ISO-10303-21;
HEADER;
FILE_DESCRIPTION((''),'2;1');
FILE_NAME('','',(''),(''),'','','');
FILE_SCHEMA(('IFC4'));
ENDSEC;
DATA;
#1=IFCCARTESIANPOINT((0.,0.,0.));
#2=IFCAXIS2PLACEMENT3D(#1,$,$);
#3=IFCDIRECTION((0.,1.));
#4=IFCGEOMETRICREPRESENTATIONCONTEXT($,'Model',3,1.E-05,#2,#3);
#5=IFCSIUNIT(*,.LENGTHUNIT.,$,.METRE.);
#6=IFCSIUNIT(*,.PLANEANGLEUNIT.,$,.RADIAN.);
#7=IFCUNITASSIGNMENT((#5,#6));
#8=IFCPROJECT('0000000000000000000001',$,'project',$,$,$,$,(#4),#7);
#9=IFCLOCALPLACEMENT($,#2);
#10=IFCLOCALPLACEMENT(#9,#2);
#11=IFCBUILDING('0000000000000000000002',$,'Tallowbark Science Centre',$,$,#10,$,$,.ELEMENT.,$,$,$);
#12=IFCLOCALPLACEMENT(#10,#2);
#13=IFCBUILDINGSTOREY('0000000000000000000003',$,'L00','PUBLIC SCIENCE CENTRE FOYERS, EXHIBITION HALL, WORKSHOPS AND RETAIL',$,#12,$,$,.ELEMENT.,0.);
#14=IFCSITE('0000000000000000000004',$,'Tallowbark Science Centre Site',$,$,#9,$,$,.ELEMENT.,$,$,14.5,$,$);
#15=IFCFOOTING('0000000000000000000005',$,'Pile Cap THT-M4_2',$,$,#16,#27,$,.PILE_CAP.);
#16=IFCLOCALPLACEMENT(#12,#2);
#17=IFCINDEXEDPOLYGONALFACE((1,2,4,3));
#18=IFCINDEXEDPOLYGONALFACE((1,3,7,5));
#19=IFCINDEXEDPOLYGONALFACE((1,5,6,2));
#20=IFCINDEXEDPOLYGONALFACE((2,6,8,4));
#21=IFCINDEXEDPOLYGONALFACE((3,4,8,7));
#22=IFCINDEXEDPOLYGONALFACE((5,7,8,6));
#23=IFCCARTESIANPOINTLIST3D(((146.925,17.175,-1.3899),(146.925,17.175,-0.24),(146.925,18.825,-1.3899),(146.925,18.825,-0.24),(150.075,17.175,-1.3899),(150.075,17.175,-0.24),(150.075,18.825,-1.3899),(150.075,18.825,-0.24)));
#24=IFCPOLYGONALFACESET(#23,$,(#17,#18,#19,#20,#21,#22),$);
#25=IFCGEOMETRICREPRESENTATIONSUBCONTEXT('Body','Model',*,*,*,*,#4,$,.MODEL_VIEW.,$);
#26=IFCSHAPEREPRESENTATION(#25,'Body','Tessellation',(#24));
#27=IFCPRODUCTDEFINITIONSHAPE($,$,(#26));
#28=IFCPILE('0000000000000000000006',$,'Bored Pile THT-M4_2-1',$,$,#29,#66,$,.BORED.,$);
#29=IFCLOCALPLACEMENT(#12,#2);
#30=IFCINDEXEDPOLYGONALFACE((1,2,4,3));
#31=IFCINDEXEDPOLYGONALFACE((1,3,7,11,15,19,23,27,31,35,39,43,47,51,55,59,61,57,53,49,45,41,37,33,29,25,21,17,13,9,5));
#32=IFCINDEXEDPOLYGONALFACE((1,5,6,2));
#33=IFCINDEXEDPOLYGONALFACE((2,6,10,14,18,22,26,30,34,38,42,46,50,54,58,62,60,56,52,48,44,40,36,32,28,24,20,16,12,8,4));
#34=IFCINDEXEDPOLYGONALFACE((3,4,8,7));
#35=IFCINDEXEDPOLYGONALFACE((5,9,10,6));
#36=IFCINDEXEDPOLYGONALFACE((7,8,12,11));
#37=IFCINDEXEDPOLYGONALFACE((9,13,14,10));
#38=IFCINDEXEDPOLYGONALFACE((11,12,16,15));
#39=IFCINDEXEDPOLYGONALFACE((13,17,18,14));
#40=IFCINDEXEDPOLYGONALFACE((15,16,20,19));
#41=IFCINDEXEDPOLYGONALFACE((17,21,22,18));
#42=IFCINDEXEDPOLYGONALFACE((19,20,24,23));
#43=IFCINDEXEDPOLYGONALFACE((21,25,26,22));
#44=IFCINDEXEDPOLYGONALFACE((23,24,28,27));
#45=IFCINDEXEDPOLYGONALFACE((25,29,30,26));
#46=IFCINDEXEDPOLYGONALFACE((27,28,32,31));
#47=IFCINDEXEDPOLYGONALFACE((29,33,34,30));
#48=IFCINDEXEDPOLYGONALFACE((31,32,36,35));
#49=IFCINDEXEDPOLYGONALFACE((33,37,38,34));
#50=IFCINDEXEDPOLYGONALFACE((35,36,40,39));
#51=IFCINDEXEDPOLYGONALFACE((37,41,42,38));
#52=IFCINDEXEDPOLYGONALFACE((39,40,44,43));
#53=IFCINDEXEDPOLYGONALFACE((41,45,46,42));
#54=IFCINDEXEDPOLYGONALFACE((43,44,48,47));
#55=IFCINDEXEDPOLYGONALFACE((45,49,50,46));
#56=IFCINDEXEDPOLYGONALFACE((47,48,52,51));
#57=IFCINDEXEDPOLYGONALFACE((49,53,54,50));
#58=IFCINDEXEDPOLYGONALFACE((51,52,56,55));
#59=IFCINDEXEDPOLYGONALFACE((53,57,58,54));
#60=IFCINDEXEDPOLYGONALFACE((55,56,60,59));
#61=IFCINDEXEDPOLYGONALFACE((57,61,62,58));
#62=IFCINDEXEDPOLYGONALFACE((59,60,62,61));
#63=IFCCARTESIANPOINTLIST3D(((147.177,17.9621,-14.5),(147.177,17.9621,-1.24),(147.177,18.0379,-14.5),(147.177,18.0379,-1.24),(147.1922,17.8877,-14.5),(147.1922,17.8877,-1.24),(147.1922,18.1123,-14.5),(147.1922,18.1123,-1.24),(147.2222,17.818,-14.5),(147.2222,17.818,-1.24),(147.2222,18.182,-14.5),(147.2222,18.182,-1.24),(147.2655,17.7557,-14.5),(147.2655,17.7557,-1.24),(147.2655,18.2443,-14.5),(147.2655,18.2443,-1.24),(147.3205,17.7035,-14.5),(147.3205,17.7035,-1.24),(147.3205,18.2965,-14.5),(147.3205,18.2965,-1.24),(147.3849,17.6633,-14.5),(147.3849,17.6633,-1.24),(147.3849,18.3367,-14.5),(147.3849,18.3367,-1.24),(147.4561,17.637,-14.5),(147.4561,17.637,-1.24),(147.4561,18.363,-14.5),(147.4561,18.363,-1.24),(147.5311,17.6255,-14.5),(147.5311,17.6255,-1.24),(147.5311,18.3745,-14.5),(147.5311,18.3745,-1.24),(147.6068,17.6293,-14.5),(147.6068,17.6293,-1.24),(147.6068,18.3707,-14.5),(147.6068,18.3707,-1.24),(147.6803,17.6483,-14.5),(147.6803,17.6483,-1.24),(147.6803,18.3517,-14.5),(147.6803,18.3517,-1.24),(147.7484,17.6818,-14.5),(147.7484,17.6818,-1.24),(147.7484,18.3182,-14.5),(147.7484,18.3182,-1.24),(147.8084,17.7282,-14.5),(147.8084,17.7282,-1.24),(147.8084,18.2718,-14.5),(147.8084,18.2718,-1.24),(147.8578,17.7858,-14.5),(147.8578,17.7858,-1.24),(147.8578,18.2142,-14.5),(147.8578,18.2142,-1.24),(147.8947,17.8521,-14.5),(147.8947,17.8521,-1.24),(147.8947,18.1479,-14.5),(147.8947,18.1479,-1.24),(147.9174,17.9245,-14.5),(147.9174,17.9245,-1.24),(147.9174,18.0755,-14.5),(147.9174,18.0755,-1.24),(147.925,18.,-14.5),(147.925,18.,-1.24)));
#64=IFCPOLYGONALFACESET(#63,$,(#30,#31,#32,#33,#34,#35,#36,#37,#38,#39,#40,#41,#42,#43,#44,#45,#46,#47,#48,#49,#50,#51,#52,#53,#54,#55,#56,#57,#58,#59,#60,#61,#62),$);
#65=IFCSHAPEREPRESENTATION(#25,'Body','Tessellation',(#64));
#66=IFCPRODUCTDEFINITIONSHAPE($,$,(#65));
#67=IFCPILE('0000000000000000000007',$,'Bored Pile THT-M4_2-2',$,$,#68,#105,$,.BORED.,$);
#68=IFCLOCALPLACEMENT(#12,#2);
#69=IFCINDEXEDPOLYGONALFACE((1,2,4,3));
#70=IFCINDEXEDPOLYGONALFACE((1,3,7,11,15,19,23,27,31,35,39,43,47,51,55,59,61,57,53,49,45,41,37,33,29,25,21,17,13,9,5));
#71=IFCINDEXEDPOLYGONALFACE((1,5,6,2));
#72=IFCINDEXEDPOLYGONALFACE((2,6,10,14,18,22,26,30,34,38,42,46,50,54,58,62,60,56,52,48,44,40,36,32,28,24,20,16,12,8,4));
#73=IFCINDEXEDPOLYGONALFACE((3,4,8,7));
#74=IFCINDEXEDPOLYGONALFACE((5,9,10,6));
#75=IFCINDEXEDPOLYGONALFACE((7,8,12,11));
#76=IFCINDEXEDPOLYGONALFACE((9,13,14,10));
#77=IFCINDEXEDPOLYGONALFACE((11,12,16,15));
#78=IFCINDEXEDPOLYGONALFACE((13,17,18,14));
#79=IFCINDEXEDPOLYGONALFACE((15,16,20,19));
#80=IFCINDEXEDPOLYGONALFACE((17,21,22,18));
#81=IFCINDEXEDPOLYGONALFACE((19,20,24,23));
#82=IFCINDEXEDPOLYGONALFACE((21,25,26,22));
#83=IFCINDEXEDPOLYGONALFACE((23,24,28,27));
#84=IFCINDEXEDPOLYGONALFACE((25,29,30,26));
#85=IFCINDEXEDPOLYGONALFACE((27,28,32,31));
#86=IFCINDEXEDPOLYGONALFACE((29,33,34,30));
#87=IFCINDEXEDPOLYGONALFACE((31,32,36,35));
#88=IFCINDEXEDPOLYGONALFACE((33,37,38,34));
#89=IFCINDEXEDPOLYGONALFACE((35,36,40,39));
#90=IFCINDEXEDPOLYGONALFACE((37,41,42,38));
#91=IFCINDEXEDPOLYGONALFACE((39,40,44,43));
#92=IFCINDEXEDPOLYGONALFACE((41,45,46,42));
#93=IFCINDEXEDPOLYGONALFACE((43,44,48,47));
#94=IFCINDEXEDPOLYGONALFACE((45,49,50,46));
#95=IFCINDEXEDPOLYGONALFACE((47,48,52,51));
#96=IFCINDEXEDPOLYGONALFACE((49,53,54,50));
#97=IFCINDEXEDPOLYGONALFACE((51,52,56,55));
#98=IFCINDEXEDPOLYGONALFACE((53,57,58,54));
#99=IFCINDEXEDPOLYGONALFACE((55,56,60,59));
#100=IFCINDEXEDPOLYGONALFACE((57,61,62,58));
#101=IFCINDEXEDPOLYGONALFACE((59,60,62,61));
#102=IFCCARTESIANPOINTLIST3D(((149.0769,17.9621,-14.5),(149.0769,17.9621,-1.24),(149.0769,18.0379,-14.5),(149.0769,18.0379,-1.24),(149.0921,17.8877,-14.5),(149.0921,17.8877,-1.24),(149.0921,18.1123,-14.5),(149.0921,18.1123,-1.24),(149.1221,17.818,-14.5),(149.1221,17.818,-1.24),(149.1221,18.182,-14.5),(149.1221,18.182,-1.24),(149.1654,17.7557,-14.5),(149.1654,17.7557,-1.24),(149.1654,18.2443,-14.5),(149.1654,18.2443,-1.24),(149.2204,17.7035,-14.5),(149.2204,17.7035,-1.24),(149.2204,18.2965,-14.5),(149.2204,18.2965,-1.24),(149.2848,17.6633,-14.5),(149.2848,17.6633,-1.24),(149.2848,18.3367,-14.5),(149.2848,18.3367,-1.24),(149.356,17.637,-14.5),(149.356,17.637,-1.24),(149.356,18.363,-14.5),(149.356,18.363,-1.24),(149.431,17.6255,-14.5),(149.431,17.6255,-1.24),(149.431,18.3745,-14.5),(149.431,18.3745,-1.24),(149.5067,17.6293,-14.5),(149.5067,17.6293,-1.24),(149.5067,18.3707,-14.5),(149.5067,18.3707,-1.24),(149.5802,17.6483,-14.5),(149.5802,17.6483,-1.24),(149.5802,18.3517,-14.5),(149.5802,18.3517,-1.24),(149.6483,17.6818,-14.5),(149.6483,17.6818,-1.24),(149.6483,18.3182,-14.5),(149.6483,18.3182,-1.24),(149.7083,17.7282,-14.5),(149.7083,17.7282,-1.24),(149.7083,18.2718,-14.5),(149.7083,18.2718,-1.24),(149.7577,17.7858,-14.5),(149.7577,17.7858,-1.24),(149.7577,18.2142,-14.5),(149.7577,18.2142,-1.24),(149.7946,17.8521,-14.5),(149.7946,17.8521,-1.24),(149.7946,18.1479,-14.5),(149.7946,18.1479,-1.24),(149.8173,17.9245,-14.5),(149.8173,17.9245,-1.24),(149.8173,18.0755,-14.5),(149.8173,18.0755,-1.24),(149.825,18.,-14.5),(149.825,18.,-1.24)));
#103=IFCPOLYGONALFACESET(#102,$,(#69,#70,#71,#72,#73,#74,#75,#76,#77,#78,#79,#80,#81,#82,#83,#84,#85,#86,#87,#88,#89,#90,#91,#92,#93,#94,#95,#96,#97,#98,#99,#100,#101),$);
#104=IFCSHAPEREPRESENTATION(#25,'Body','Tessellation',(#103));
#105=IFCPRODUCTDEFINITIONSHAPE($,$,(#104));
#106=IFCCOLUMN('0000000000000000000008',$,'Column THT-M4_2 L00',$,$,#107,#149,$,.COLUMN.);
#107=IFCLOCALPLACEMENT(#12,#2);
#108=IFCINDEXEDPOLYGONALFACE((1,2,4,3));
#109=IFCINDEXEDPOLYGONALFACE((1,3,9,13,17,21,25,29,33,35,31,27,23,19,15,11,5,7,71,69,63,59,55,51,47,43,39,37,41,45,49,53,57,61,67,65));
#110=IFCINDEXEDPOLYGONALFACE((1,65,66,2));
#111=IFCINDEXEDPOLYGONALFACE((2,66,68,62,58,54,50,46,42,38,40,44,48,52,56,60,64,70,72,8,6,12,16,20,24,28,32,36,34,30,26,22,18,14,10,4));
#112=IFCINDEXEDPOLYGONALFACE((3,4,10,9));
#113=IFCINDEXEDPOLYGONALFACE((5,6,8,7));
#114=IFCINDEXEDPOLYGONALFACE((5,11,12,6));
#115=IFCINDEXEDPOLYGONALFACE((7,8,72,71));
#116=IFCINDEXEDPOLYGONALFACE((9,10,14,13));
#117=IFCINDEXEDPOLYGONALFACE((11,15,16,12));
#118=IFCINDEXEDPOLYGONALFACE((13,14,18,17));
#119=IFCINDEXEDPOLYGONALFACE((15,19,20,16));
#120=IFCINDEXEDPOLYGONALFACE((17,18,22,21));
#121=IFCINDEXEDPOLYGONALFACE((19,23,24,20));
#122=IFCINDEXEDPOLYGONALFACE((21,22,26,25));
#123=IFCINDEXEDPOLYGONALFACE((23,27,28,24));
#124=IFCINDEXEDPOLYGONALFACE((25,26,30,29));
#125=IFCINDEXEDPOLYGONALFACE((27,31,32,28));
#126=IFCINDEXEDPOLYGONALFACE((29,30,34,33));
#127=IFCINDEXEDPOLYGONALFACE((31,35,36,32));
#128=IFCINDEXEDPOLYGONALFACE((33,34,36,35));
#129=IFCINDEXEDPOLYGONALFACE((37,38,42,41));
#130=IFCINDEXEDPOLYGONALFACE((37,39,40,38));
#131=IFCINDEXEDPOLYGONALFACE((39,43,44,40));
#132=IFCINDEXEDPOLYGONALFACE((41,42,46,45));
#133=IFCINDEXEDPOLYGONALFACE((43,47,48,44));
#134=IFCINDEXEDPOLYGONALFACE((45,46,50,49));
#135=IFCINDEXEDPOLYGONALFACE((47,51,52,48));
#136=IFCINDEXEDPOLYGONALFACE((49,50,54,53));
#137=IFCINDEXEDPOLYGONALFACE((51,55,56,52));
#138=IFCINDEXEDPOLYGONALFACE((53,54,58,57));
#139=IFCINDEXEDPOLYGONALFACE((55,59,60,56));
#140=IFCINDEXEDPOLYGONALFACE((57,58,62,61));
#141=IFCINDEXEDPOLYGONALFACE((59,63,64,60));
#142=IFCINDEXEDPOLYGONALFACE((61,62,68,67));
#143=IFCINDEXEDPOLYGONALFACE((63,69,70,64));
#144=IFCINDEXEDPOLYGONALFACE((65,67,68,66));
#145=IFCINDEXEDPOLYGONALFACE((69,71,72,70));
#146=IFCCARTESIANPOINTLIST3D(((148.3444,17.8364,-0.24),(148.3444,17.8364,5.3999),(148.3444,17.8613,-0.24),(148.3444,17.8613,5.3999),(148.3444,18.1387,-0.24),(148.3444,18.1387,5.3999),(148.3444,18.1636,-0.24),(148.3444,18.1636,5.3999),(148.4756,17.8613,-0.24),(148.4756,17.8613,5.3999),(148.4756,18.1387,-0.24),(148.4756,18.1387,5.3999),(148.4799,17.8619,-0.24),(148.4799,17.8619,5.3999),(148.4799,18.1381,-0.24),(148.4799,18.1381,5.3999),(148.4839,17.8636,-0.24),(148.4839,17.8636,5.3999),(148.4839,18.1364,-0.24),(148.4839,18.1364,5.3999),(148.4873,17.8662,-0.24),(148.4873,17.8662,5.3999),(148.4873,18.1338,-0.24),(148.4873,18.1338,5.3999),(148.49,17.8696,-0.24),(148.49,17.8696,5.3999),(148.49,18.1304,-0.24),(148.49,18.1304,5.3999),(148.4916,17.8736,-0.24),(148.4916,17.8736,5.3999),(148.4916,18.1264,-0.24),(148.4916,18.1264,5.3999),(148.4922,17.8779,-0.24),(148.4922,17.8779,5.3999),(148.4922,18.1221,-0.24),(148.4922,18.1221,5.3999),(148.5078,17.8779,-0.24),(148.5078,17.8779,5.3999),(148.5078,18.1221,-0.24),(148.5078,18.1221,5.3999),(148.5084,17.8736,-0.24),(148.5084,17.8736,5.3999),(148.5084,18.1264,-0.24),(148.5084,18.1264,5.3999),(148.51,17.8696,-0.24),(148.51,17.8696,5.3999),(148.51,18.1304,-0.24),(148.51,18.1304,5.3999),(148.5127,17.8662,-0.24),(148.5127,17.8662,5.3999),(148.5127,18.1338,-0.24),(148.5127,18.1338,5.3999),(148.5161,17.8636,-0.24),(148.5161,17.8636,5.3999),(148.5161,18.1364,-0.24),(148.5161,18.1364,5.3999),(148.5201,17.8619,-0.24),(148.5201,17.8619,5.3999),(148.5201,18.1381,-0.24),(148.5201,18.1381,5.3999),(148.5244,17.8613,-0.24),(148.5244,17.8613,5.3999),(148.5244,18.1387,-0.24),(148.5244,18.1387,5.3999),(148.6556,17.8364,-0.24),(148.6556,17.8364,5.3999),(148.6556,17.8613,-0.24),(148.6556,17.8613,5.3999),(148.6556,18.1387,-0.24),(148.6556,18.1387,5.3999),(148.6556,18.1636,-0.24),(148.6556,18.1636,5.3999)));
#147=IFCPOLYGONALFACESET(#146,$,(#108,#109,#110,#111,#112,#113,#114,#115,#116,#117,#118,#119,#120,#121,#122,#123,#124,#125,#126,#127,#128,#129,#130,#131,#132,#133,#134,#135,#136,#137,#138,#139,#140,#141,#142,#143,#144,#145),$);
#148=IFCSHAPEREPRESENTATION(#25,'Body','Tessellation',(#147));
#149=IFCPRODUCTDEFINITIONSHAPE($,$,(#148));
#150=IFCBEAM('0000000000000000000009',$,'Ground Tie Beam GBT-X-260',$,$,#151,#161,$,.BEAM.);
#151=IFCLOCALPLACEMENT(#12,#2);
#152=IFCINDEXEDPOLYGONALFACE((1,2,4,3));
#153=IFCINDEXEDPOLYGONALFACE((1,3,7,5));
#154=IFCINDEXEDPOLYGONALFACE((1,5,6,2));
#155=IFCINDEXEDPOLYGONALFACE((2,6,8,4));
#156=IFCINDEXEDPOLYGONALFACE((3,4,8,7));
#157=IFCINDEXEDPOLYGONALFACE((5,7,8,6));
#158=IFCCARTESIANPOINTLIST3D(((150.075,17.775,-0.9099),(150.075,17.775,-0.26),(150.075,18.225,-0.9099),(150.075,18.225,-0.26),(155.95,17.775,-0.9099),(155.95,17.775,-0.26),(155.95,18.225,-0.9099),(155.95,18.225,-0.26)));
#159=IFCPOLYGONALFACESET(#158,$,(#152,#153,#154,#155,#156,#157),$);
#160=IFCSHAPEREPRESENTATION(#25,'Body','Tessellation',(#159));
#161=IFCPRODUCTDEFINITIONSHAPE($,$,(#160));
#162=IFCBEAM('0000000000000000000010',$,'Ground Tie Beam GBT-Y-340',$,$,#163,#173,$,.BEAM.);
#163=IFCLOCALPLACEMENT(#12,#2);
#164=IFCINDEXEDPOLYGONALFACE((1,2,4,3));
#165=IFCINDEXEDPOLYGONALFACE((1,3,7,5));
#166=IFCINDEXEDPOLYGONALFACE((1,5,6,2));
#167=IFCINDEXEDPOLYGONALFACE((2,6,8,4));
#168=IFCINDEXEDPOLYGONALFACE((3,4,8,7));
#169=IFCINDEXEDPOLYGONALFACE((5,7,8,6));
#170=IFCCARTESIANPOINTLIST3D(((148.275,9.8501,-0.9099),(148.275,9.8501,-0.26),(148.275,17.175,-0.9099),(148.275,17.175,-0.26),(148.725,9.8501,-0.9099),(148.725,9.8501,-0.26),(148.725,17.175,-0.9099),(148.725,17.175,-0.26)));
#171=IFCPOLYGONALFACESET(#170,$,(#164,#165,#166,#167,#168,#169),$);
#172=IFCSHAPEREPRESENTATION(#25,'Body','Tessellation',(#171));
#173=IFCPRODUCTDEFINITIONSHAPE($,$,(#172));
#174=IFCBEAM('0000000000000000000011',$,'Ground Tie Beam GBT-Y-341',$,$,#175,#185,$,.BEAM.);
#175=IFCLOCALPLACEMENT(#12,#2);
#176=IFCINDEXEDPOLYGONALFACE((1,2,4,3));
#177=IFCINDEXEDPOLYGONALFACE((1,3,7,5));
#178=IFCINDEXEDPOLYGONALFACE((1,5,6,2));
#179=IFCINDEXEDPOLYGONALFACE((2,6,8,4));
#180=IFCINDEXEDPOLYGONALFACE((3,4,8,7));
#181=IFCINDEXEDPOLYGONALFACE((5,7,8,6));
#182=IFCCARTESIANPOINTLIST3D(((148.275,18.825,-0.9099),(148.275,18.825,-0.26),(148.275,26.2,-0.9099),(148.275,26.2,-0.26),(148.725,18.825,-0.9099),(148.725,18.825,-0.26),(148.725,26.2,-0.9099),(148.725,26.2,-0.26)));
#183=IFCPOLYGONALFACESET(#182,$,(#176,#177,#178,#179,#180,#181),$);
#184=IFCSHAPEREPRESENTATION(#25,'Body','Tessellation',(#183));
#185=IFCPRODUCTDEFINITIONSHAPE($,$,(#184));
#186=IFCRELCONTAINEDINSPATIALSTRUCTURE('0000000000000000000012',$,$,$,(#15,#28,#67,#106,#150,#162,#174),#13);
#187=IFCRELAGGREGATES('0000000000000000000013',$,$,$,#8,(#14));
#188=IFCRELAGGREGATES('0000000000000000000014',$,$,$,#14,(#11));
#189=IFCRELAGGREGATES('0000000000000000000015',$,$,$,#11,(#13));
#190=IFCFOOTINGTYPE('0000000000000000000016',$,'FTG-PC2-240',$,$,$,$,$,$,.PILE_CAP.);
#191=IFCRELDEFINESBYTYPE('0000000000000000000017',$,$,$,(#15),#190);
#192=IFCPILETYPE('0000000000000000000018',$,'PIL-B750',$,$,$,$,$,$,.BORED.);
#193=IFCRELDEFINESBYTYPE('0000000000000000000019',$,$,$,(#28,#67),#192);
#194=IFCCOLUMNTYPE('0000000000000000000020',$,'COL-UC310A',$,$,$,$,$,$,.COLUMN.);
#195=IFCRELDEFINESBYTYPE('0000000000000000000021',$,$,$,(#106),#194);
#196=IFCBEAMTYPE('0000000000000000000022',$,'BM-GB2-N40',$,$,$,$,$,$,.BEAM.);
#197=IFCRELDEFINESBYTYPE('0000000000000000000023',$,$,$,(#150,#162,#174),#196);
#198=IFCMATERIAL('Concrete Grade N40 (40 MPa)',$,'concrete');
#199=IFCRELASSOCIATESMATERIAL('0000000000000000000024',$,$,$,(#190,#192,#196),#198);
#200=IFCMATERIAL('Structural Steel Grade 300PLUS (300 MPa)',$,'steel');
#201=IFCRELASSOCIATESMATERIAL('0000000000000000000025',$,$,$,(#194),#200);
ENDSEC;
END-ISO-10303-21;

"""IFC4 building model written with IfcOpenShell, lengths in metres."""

from ifc_helpers import new_model, si_unit, direction, frame, origin, origin_2d, place, context, subcontext, project, spatial, rectangle, circle, i_section, extrude, material, material_profile, profile_set, type_object, element, save


model = new_model("IFC4")

# Units and contexts
model_context = context("Model", 3, precision=1e-05, world=origin(), true_north=direction((0.0, 1.0)))
body_context = subcontext(model_context, "Body", "Model", "MODEL_VIEW")
ifc_project = project(units=[si_unit("LENGTHUNIT", "METRE"), si_unit("PLANEANGLEUNIT", "RADIAN")], contexts=[model_context])

# Site, building, storey
site_placement = place(None, origin())
site = spatial("IfcSite", under=ifc_project, at=site_placement, Name="Tallowbark Science Centre Site", CompositionType="ELEMENT", RefElevation=14.5)
building_placement = place(site_placement, origin())
building = spatial("IfcBuilding", under=site, at=building_placement, Name="Tallowbark Science Centre", CompositionType="ELEMENT")
storey_placement = place(building_placement, origin())
storey = spatial("IfcBuildingStorey", under=building, at=storey_placement, Name="L00", Description="PUBLIC SCIENCE CENTRE FOYERS, EXHIBITION HALL, WORKSHOPS AND RETAIL", CompositionType="ELEMENT", Elevation=0.0)

# Footing
ifc_material_1 = material(Name="Concrete Grade N40 (40 MPa)", Category="concrete")
footing_type = type_object("IfcFootingType", Name="FTG-PC2-240", PredefinedType="PILE_CAP", material=ifc_material_1)
footing_placement = place(storey_placement, frame((148.5, 18.0, -1.3899), z_axis=(0.0, 0.0, 1.0), x_axis=(1.0, 0.0, 0.0)))
element("IfcFooting", 1, at=footing_placement, inside=storey, type_object=footing_type, Name="Pile Cap THT-M4_2", PredefinedType="PILE_CAP", context=body_context, shape_type="SweptSolid", body=[
    extrude(rectangle(XDim=3.1499, YDim=1.6499, at=origin_2d()), origin(), (0.0, 0.0, 1.0), 1.1499),
])

# Piles
ifc_material_profile_1 = material_profile(ifc_material_1, circle(Radius=0.375, at=origin_2d()), Name="PILE750")
ifc_profile_set_1 = profile_set([ifc_material_profile_1], Name="Concrete Grade N40 (40 MPa)")
pile_type = type_object("IfcPileType", Name="PIL-B750", PredefinedType="BORED", material=ifc_profile_set_1)
for number, where, z_axis, x_axis, name in (
    (2, (147.55, 18.0, -1.24), (0.0, 0.0, -1.0), (1.0, 0.0, 0.0), "Bored Pile THT-M4_2-1"),
    (3, (149.45, 18.0, -1.24), (0.0, 0.0, -1.0), (1.0, 0.0, 0.0), "Bored Pile THT-M4_2-2"),
):
    element("IfcPile", number, at=place(storey_placement, frame(where, z_axis=z_axis, x_axis=x_axis)), inside=storey, type_object=pile_type, Name=name, PredefinedType="BORED", context=body_context, shape_type="SweptSolid", body=[
        extrude(circle(Radius=0.375, at=origin_2d()), origin(), (0.0, 0.0, 1.0), 13.26),
    ])

# Column
ifc_material_2 = material(Name="Structural Steel Grade 300PLUS (300 MPa)", Category="steel")
ifc_material_profile_2 = material_profile(ifc_material_2, i_section(OverallWidth=0.3113, OverallDepth=0.3271, WebThickness=0.0156, FlangeThickness=0.0249, FilletRadius=0.0166, at=origin_2d()), Name="310UC158")
ifc_profile_set_2 = profile_set([ifc_material_profile_2], Name="Structural Steel Grade 300PLUS (300 MPa)")
column_type = type_object("IfcColumnType", Name="COL-UC310A", PredefinedType="COLUMN", material=ifc_profile_set_2)
column_placement = place(storey_placement, frame((148.5, 18.0, -0.24), z_axis=(0.0, 0.0, 1.0), x_axis=(1.0, 0.0, 0.0)))
element("IfcColumn", 4, at=column_placement, inside=storey, type_object=column_type, Name="Column THT-M4_2 L00", PredefinedType="COLUMN", context=body_context, shape_type="SweptSolid", body=[
    extrude(i_section(OverallWidth=0.3113, OverallDepth=0.3271, WebThickness=0.0156, FlangeThickness=0.0249, FilletRadius=0.0166, at=origin_2d()), origin(), (0.0, 0.0, 1.0), 5.6399),
])

# Beams
ifc_material_profile_3 = material_profile(ifc_material_1, rectangle(XDim=0.45, YDim=0.6499, at=origin_2d()), Name="RC450x650")
ifc_profile_set_3 = profile_set([ifc_material_profile_3], Name="Concrete Grade N40 (40 MPa)")
beam_type = type_object("IfcBeamType", Name="BM-GB2-N40", PredefinedType="BEAM", material=ifc_profile_set_3)
beam_1_placement = place(storey_placement, frame((150.075, 18.0, -0.585), z_axis=(1.0, 0.0, 0.0), x_axis=(0.0, 1.0, 0.0)))
element("IfcBeam", 5, at=beam_1_placement, inside=storey, type_object=beam_type, Name="Ground Tie Beam GBT-X-260", PredefinedType="BEAM", context=body_context, shape_type="SweptSolid", body=[
    extrude(rectangle(XDim=0.45, YDim=0.6499, at=origin_2d()), origin(), (0.0, 0.0, 1.0), 5.875),
])
beam_2_placement = place(storey_placement, frame((148.5, 9.8501, -0.585), z_axis=(0.0, 1.0, 0.0), x_axis=(-1.0, 0.0, 0.0)))
element("IfcBeam", 6, at=beam_2_placement, inside=storey, type_object=beam_type, Name="Ground Tie Beam GBT-Y-340", PredefinedType="BEAM", context=body_context, shape_type="SweptSolid", body=[
    extrude(rectangle(XDim=0.45, YDim=0.6499, at=origin_2d()), origin(), (0.0, 0.0, 1.0), 7.325),
])
beam_3_placement = place(storey_placement, frame((148.5, 18.825, -0.585), z_axis=(0.0, 1.0, 0.0), x_axis=(-1.0, 0.0, 0.0)))
element("IfcBeam", 7, at=beam_3_placement, inside=storey, type_object=beam_type, Name="Ground Tie Beam GBT-Y-341", PredefinedType="BEAM", context=body_context, shape_type="SweptSolid", body=[
    extrude(rectangle(XDim=0.45, YDim=0.6499, at=origin_2d()), origin(), (0.0, 0.0, 1.0), 7.375),
])

save(model, "model.ifc")
